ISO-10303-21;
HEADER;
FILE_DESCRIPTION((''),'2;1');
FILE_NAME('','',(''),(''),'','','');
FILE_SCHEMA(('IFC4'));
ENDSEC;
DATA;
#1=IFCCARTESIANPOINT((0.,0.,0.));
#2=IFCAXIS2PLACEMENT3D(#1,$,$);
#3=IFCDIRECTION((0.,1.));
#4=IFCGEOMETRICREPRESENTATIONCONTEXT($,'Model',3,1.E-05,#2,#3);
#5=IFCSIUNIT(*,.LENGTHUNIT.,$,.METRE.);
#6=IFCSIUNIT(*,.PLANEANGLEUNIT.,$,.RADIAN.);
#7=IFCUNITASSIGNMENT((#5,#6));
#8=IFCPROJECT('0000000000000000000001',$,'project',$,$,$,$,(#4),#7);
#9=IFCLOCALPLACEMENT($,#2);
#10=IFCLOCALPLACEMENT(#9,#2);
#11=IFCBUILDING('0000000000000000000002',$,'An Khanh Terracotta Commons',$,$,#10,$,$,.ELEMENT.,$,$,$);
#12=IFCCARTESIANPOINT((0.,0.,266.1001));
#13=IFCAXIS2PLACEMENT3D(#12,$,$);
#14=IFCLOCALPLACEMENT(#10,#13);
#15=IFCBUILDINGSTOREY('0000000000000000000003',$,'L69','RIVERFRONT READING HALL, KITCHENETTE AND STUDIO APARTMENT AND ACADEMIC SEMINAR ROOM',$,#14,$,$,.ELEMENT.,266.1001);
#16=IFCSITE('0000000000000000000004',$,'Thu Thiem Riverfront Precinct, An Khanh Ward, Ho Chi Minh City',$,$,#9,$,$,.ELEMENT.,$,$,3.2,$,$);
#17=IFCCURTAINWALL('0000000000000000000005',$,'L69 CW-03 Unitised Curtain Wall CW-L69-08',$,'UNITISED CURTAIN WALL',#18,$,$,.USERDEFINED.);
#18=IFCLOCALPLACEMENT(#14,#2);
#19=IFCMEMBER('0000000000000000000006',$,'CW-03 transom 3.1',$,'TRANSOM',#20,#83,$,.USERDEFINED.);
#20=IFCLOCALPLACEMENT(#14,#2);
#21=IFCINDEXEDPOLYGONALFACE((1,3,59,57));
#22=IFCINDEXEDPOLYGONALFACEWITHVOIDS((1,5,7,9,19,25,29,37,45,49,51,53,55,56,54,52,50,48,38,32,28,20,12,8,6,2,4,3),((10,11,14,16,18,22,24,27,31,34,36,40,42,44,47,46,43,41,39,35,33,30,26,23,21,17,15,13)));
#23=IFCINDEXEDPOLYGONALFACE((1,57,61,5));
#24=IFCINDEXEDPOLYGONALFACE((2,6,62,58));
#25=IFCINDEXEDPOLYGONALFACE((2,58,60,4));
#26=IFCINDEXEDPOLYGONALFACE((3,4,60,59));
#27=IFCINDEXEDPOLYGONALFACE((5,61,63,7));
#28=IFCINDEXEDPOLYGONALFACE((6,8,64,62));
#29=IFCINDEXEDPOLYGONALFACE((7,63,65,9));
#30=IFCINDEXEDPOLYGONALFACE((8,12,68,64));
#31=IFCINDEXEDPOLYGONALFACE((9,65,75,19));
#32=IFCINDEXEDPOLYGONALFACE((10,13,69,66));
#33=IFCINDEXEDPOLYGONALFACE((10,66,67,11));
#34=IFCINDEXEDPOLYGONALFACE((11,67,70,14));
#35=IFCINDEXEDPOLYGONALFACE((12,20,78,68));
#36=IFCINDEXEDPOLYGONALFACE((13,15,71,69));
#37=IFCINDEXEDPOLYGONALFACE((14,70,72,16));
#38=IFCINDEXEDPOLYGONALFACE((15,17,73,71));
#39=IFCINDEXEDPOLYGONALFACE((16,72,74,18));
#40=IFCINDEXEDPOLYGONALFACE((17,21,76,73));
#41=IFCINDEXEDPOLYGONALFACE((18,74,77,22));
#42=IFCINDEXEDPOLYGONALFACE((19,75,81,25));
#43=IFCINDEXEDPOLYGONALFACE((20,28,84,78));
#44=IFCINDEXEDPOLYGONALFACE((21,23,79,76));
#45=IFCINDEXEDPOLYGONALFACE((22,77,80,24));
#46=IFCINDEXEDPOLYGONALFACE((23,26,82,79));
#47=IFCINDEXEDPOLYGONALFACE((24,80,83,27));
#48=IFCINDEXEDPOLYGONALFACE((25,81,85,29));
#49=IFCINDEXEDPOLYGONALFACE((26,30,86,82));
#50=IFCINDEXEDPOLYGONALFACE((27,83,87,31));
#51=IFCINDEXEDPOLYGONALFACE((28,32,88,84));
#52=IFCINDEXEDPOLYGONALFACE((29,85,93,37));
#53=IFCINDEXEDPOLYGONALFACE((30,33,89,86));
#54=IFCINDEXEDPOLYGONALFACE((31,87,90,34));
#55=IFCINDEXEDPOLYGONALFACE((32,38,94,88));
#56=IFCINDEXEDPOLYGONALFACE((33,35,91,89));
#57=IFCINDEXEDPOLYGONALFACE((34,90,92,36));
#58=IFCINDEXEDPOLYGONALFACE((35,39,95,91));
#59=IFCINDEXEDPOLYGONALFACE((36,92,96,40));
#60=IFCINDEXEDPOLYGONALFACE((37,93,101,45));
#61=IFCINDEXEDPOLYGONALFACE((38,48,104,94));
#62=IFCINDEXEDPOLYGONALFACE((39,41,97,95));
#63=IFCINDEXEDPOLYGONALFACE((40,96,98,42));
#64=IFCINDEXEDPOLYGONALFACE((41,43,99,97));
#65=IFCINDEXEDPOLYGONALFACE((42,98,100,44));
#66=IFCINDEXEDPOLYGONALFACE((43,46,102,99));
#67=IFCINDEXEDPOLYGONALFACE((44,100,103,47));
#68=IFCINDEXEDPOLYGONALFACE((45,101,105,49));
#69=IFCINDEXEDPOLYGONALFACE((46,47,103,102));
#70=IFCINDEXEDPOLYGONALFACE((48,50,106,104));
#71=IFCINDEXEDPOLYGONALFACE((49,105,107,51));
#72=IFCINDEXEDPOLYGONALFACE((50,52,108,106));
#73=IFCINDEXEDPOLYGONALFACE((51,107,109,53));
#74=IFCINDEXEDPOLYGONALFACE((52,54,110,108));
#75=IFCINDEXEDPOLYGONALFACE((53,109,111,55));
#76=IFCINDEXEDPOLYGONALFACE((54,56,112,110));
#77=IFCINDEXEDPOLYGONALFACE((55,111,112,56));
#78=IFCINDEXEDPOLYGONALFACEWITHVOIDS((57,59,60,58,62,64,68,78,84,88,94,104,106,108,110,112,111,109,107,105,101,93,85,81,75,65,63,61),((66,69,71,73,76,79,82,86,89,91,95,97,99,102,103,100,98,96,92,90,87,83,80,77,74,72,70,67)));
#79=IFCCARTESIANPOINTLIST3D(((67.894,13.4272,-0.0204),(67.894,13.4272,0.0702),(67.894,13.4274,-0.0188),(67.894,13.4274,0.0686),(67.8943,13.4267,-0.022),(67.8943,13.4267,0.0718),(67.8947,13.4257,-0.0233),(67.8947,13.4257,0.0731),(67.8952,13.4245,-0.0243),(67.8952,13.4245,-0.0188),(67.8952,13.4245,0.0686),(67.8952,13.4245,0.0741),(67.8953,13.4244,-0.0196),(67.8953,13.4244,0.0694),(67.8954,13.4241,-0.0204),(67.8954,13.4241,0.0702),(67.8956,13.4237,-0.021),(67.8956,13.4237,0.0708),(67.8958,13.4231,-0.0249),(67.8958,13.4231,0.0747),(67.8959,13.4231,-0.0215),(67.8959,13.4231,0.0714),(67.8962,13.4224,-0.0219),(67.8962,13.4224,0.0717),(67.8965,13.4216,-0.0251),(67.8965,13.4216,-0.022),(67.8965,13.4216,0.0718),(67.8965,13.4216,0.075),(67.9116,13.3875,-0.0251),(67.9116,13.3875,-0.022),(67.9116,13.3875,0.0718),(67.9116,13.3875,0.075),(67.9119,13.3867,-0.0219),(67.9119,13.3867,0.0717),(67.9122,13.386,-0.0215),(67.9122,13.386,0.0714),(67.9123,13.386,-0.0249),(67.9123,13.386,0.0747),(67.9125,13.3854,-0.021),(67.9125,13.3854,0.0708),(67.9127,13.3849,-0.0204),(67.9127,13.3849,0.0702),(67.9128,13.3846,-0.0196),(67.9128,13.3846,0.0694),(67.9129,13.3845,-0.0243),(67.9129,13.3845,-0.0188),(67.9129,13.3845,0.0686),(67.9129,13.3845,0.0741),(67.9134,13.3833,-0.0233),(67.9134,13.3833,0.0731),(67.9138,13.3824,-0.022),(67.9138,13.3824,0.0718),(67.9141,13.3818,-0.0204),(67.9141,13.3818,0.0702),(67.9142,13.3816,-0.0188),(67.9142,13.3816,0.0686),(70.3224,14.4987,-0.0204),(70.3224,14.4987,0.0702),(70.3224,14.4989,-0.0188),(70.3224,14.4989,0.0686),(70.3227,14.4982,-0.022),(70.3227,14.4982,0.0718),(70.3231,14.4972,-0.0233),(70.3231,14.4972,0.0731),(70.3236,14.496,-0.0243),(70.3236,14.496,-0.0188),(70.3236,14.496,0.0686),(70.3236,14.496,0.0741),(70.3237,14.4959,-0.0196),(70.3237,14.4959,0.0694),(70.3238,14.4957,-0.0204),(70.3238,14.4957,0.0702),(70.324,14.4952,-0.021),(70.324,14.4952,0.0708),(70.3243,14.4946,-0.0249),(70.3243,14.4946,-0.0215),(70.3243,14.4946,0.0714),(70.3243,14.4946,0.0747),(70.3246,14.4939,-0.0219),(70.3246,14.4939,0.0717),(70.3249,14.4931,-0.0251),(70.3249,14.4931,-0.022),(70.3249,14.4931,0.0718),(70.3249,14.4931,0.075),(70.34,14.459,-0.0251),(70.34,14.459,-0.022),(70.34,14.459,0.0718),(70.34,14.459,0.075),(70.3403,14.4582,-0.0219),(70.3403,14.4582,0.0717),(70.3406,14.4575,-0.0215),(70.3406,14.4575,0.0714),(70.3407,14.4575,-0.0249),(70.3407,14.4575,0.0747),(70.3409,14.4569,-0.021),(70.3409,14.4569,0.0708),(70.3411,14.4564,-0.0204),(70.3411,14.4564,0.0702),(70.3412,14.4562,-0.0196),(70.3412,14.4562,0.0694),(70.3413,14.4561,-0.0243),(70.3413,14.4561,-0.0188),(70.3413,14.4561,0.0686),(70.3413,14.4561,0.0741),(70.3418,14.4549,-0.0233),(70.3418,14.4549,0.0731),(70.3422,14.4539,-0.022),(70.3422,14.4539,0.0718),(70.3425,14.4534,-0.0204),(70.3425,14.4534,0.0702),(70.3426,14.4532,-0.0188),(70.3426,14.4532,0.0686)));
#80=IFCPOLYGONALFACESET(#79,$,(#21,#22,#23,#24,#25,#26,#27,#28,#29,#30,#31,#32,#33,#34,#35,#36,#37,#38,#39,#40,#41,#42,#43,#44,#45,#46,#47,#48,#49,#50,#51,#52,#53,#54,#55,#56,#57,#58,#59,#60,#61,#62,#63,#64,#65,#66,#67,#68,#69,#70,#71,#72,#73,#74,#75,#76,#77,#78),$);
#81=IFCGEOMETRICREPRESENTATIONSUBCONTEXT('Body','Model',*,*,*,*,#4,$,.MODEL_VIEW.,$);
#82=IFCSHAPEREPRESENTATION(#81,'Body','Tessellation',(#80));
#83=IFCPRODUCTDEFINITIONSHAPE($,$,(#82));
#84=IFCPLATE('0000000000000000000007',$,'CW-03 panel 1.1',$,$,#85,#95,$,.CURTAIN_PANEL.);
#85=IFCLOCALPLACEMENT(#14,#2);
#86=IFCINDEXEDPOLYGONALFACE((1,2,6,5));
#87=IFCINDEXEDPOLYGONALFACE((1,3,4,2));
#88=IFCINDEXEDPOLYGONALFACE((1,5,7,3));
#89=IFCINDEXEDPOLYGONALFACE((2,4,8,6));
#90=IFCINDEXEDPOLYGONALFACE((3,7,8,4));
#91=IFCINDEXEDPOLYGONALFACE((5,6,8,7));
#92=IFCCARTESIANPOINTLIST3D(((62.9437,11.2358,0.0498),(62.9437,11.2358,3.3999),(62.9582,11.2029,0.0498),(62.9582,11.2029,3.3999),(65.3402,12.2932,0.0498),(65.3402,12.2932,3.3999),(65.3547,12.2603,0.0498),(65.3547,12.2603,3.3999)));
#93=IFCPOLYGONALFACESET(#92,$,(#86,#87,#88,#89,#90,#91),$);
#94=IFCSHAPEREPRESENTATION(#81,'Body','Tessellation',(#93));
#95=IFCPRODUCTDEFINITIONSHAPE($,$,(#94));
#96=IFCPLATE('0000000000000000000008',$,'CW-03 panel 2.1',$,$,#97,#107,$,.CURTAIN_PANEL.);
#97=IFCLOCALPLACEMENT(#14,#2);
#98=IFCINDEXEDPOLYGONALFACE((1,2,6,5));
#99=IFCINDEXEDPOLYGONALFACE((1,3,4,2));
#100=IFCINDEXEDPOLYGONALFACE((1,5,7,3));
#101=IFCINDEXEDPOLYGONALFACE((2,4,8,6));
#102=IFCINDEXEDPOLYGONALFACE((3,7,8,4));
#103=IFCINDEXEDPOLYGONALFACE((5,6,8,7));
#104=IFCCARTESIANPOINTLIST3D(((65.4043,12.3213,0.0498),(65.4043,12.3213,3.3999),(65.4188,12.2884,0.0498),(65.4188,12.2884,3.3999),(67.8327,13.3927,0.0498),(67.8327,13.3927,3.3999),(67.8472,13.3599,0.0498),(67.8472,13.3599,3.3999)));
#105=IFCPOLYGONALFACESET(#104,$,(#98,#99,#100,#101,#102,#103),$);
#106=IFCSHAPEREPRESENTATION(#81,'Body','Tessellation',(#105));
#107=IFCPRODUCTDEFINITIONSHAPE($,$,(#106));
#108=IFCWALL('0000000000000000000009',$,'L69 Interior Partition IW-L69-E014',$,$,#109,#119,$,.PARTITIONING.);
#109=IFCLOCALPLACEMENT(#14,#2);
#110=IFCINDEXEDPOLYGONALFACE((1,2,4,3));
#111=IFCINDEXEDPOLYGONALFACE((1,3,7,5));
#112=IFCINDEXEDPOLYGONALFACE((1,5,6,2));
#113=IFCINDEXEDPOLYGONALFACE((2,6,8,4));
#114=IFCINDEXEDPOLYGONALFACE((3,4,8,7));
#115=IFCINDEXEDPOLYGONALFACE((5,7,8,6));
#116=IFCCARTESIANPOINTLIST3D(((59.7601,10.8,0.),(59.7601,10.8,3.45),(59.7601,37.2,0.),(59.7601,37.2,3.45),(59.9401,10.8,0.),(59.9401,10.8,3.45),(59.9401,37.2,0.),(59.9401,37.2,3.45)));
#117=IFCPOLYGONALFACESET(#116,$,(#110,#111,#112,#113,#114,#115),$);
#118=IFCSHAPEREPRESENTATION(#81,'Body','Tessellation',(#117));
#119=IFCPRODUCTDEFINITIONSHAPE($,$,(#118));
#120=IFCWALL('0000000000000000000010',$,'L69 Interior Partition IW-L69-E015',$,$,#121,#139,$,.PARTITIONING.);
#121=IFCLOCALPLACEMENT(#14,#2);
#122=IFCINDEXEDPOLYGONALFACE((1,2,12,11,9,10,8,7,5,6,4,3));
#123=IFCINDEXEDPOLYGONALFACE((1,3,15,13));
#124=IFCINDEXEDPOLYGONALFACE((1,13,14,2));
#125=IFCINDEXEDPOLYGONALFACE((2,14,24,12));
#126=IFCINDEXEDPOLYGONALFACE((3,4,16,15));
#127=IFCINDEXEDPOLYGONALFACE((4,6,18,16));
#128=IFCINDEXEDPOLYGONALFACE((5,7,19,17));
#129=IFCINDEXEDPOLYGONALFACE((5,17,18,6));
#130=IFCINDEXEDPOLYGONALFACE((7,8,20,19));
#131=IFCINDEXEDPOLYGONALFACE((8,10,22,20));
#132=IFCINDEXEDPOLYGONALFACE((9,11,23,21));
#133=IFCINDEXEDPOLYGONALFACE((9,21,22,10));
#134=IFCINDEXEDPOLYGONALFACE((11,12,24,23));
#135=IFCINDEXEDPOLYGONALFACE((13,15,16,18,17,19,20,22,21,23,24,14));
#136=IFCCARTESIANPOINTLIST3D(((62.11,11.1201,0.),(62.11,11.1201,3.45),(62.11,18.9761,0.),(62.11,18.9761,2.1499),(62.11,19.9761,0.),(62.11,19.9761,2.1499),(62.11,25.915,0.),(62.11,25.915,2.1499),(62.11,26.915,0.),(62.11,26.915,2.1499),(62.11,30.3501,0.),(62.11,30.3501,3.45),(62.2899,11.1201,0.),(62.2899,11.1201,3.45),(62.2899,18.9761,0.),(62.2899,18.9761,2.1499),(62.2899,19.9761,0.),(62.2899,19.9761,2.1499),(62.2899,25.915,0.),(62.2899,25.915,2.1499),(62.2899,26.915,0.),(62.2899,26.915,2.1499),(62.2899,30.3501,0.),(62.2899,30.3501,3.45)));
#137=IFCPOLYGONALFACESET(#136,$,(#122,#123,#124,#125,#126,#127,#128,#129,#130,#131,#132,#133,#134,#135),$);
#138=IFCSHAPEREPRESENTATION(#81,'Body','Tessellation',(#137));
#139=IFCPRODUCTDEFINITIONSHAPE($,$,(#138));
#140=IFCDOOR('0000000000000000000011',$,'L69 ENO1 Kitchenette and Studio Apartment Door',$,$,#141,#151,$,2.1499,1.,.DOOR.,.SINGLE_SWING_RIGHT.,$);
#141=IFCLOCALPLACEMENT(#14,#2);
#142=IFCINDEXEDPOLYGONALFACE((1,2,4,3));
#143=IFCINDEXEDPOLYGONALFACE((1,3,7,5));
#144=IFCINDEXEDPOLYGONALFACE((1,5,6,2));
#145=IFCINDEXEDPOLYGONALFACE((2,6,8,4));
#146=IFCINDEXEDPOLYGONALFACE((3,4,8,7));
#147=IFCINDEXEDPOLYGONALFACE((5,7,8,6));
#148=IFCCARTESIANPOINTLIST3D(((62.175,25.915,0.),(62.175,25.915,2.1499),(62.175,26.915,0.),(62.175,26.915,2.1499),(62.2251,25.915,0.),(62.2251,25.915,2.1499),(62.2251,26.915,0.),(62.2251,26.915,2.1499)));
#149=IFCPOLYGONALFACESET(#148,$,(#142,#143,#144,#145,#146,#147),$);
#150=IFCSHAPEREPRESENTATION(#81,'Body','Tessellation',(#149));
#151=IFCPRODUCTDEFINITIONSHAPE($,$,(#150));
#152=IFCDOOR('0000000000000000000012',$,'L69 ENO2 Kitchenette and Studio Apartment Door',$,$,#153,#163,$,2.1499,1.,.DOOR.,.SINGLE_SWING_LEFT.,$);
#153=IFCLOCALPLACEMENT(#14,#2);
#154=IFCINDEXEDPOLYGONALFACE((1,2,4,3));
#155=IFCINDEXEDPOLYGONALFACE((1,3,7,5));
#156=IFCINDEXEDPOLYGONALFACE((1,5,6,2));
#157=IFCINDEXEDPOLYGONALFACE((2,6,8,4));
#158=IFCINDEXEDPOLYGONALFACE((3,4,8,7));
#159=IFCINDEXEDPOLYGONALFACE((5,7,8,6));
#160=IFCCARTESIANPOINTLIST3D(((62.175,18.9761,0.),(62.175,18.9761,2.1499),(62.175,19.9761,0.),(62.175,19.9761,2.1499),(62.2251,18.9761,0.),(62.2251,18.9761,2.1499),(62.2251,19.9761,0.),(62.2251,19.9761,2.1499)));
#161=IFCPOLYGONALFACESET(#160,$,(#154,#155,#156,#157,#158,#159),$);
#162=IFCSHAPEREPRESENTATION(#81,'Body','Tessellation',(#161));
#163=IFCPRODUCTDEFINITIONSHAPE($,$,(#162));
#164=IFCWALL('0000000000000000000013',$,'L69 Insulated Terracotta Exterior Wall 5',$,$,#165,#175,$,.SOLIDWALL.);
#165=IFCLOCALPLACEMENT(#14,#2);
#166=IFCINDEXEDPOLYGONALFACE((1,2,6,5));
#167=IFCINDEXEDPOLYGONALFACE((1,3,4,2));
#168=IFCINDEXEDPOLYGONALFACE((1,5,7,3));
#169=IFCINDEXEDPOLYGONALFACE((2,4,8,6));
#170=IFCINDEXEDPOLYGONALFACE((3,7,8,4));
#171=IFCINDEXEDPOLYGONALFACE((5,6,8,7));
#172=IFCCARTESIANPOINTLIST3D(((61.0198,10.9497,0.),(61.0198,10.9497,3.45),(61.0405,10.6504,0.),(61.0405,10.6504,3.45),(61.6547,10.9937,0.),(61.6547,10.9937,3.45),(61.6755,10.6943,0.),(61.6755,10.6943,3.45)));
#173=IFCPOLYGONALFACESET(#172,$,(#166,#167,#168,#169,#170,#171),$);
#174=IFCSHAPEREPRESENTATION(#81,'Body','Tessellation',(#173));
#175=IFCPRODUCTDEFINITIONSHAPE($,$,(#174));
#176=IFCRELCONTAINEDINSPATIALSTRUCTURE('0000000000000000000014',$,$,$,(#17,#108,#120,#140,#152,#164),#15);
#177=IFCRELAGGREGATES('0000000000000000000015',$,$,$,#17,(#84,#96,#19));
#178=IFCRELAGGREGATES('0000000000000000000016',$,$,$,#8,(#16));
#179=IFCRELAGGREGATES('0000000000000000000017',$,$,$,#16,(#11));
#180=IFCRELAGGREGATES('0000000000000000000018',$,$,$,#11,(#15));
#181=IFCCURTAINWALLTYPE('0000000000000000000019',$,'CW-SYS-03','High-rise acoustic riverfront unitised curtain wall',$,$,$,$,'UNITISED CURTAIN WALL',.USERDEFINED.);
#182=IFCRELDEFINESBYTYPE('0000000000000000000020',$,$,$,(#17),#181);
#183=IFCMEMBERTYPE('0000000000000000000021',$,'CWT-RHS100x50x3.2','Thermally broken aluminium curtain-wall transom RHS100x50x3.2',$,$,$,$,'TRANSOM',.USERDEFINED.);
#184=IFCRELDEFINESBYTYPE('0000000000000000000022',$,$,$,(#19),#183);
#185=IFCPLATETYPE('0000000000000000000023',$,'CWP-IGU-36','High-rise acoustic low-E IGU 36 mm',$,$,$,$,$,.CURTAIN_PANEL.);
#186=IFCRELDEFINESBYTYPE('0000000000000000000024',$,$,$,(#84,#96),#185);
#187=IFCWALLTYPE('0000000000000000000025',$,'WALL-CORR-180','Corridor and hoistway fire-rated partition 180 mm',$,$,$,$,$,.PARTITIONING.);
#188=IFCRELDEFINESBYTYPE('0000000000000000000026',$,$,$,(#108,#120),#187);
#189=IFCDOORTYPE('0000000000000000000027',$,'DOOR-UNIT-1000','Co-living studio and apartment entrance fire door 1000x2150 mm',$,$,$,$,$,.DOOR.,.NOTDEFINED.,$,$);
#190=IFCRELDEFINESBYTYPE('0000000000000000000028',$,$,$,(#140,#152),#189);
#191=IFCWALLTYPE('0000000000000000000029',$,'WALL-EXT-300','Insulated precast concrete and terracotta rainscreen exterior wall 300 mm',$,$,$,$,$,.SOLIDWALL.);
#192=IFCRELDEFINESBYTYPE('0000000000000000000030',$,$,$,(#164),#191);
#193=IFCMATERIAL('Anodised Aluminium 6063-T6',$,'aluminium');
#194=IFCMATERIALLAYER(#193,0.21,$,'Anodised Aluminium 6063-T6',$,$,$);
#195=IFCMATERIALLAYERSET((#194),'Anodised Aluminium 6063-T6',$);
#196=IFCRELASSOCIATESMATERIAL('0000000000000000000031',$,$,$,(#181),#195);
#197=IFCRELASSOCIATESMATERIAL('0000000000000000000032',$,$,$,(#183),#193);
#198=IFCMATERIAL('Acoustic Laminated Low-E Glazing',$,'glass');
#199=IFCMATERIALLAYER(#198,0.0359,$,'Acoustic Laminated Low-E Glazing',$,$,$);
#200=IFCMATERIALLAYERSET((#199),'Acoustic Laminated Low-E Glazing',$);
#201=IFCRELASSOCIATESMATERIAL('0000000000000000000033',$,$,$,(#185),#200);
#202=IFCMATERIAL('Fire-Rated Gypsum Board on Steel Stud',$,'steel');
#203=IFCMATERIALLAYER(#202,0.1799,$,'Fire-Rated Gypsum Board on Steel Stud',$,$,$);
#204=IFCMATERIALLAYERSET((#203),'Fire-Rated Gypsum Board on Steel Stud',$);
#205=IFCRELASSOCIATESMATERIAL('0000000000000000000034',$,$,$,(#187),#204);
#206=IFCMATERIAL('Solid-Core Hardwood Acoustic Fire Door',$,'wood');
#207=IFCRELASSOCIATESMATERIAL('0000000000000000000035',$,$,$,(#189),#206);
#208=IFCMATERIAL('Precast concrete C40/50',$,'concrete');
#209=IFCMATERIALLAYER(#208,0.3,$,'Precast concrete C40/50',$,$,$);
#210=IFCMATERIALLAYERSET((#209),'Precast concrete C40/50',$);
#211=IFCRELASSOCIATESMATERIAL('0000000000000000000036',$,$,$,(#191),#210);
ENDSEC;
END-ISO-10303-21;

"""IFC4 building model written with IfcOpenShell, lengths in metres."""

from ifc_helpers import new_model, si_unit, direction, frame, frame_2d, origin, origin_2d, place, context, subcontext, project, spatial, rectangle, hollow_rectangle, extrude, material, layer, layer_set, material_profile, profile_set, type_object, element, fill, aggregate, save


model = new_model("IFC4")

# Units and contexts
model_context = context("Model", 3, precision=1e-05, world=origin(), true_north=direction((0.0, 1.0)))
body_context = subcontext(model_context, "Body", "Model", "MODEL_VIEW")
ifc_project = project(units=[si_unit("LENGTHUNIT", "METRE"), si_unit("PLANEANGLEUNIT", "RADIAN")], contexts=[model_context])

# Site, building, storey
site_placement = place(None, origin())
site = spatial("IfcSite", under=ifc_project, at=site_placement, Name="Thu Thiem Riverfront Precinct, An Khanh Ward, Ho Chi Minh City", CompositionType="ELEMENT", RefElevation=3.2)
building_placement = place(site_placement, origin())
building = spatial("IfcBuilding", under=site, at=building_placement, Name="An Khanh Terracotta Commons", CompositionType="ELEMENT")
storey_placement = place(building_placement, frame((0.0, 0.0, 266.1001)))
storey = spatial("IfcBuildingStorey", under=building, at=storey_placement, Name="L69", Description="RIVERFRONT READING HALL, KITCHENETTE AND STUDIO APARTMENT AND ACADEMIC SEMINAR ROOM", CompositionType="ELEMENT", Elevation=266.1001)

# Curtain wall, member, plates
ifc_material_1 = material(Name="Anodised Aluminium 6063-T6", Category="aluminium")
ifc_layer_1 = layer(ifc_material_1, 0.21, Name="Anodised Aluminium 6063-T6")
ifc_layer_set_1 = layer_set([ifc_layer_1], Name="Anodised Aluminium 6063-T6")
curtain_wall_type = type_object("IfcCurtainWallType", Name="CW-SYS-03", Description="High-rise acoustic riverfront unitised curtain wall", ElementType="UNITISED CURTAIN WALL", PredefinedType="USERDEFINED", material=ifc_layer_set_1)
curtain_wall_placement = place(storey_placement, origin())
curtain_wall = element("IfcCurtainWall", 1, at=curtain_wall_placement, inside=storey, type_object=curtain_wall_type, Name="L69 CW-03 Unitised Curtain Wall CW-L69-08", ObjectType="UNITISED CURTAIN WALL", PredefinedType="USERDEFINED")
ifc_material_profile_1 = material_profile(ifc_material_1, hollow_rectangle(XDim=0.05, YDim=0.1001, WallThickness=0.0032, InnerFilletRadius=0.0032, OuterFilletRadius=0.0063, at=origin_2d()), Name="RHS100x50x3.2")
ifc_profile_set_1 = profile_set([ifc_material_profile_1], Name="Anodised Aluminium 6063-T6")
member_type_1 = type_object("IfcMemberType", Name="CWT-RHS100x50x3.2", Description="Thermally broken aluminium curtain-wall transom RHS100x50x3.2", ElementType="TRANSOM", PredefinedType="USERDEFINED", material=ifc_profile_set_1)
member_1_placement = place(storey_placement, frame((67.9041, 13.4045, 0.0249), z_axis=(0.914897, 0.403688, 0.0), x_axis=(-0.403688, 0.914897, 0.0)))
member_1 = element("IfcMember", 2, at=member_1_placement, type_object=member_type_1, Name="CW-03 transom 3.1", ObjectType="TRANSOM", PredefinedType="USERDEFINED", context=body_context, shape_type="SweptSolid", body=[
    extrude(hollow_rectangle(XDim=0.05, YDim=0.1001, WallThickness=0.0032, InnerFilletRadius=0.0032, OuterFilletRadius=0.0063, at=origin_2d()), origin(), (0.0, 0.0, 1.0), 2.6543),
])
ifc_material_2 = material(Name="Acoustic Laminated Low-E Glazing", Category="glass")
ifc_layer_2 = layer(ifc_material_2, 0.0359, Name="Acoustic Laminated Low-E Glazing")
ifc_layer_set_2 = layer_set([ifc_layer_2], Name="Acoustic Laminated Low-E Glazing")
plate_type = type_object("IfcPlateType", Name="CWP-IGU-36", Description="High-rise acoustic low-E IGU 36 mm", PredefinedType="CURTAIN_PANEL", material=ifc_layer_set_2)
plate_1_placement = place(storey_placement, frame((64.1492, 11.748, 0.0498), z_axis=(0.0, 0.0, 1.0), x_axis=(0.914902, 0.403676, 0.0)))
plate_1 = element("IfcPlate", 3, at=plate_1_placement, type_object=plate_type, Name="CW-03 panel 1.1", PredefinedType="CURTAIN_PANEL", context=body_context, shape_type="SweptSolid", body=[
    extrude(rectangle(XDim=2.6194, YDim=0.0359, at=origin_2d()), origin(), (0.0, 0.0, 1.0), 3.3501),
])
plate_2_placement = place(storey_placement, frame((66.6257, 12.8406, 0.0498), z_axis=(0.0, 0.0, 1.0), x_axis=(0.914902, 0.403676, 0.0)))
plate_2 = element("IfcPlate", 4, at=plate_2_placement, type_object=plate_type, Name="CW-03 panel 2.1", PredefinedType="CURTAIN_PANEL", context=body_context, shape_type="SweptSolid", body=[
    extrude(rectangle(XDim=2.6543, YDim=0.0359, at=origin_2d()), origin(), (0.0, 0.0, 1.0), 3.3501),
])
aggregate(curtain_wall, [plate_1, plate_2, member_1])

# Wall
ifc_material_3 = material(Name="Fire-Rated Gypsum Board on Steel Stud", Category="steel")
ifc_layer_3 = layer(ifc_material_3, 0.1799, Name="Fire-Rated Gypsum Board on Steel Stud")
ifc_layer_set_3 = layer_set([ifc_layer_3], Name="Fire-Rated Gypsum Board on Steel Stud")
wall_type_1 = type_object("IfcWallType", Name="WALL-CORR-180", Description="Corridor and hoistway fire-rated partition 180 mm", PredefinedType="PARTITIONING", material=ifc_layer_set_3)
wall_1_placement = place(storey_placement, frame((59.8501, 10.8, 0.0), z_axis=(0.0, 0.0, 1.0), x_axis=(0.0, 1.0, 0.0)))
element("IfcWall", 5, at=wall_1_placement, inside=storey, type_object=wall_type_1, Name="L69 Interior Partition IW-L69-E014", PredefinedType="PARTITIONING", context=body_context, shape_type="SweptSolid", body=[
    extrude(rectangle(XDim=26.3999, YDim=0.1799, at=frame_2d((13.2, 0.0))), origin(), (0.0, 0.0, 1.0), 3.45),
])

# Wall, openings, doors
wall_2_placement = place(storey_placement, frame((62.2, 11.1201, 0.0), z_axis=(0.0, 0.0, 1.0), x_axis=(0.0, 1.0, 0.0)))
wall_2 = element("IfcWall", 6, at=wall_2_placement, inside=storey, type_object=wall_type_1, Name="L69 Interior Partition IW-L69-E015", PredefinedType="PARTITIONING", context=body_context, shape_type="SweptSolid", body=[
    extrude(rectangle(XDim=19.23, YDim=0.1799, at=frame_2d((9.615, 0.0))), origin(), (0.0, 0.0, 1.0), 3.45),
])
opening_1_placement = place(wall_2_placement, frame((14.7949, 0.0, 0.0)))
opening_1 = element("IfcOpeningElement", 7, at=opening_1_placement, cuts=wall_2, PredefinedType="OPENING", context=body_context, shape_type="SweptSolid", body=[
    extrude(rectangle(XDim=1.0, YDim=2.1499, at=frame_2d((0.5, 1.075))), frame((0.0, 0.0999, 0.0), z_axis=(0.0, -1.0, 0.0), x_axis=(1.0, 0.0, 0.0)), (0.0, 0.0, 1.0), 0.2),
])
opening_2_placement = place(wall_2_placement, frame((7.856, 0.0, 0.0)))
opening_2 = element("IfcOpeningElement", 8, at=opening_2_placement, cuts=wall_2, PredefinedType="OPENING", context=body_context, shape_type="SweptSolid", body=[
    extrude(rectangle(XDim=1.0, YDim=2.1499, at=frame_2d((0.5, 1.075))), frame((0.0, 0.0999, 0.0), z_axis=(0.0, -1.0, 0.0), x_axis=(1.0, 0.0, 0.0)), (0.0, 0.0, 1.0), 0.2),
])
ifc_material_4 = material(Name="Solid-Core Hardwood Acoustic Fire Door", Category="wood")
door_type_1 = type_object("IfcDoorType", Name="DOOR-UNIT-1000", Description="Co-living studio and apartment entrance fire door 1000x2150 mm", OperationType="NOTDEFINED", PredefinedType="DOOR", material=ifc_material_4)
door_1_placement = place(opening_1_placement, origin())
door_1 = element("IfcDoor", 9, at=door_1_placement, inside=storey, type_object=door_type_1, Name="L69 ENO1 Kitchenette and Studio Apartment Door", OperationType="SINGLE_SWING_RIGHT", OverallHeight=2.1499, OverallWidth=1.0, PredefinedType="DOOR", context=body_context, shape_type="SweptSolid", body=[
    extrude(rectangle(XDim=1.0, YDim=2.1499, at=frame_2d((0.5, 1.075))), frame((0.0, 0.0249, 0.0), z_axis=(0.0, -1.0, 0.0), x_axis=(1.0, 0.0, 0.0)), (0.0, 0.0, 1.0), 0.05),
])
fill(opening_1, door_1)
door_2_placement = place(opening_2_placement, origin())
door_2 = element("IfcDoor", 10, at=door_2_placement, inside=storey, type_object=door_type_1, Name="L69 ENO2 Kitchenette and Studio Apartment Door", OperationType="SINGLE_SWING_LEFT", OverallHeight=2.1499, OverallWidth=1.0, PredefinedType="DOOR", context=body_context, shape_type="SweptSolid", body=[
    extrude(rectangle(XDim=1.0, YDim=2.1499, at=frame_2d((0.5, 1.075))), frame((0.0, 0.0249, 0.0), z_axis=(0.0, -1.0, 0.0), x_axis=(1.0, 0.0, 0.0)), (0.0, 0.0, 1.0), 0.05),
])
fill(opening_2, door_2)

# Wall
ifc_material_5 = material(Name="Precast concrete C40/50", Category="concrete")
ifc_layer_4 = layer(ifc_material_5, 0.3, Name="Precast concrete C40/50")
ifc_layer_set_4 = layer_set([ifc_layer_4], Name="Precast concrete C40/50")
wall_type_2 = type_object("IfcWallType", Name="WALL-EXT-300", Description="Insulated precast concrete and terracotta rainscreen exterior wall 300 mm", PredefinedType="SOLIDWALL", material=ifc_layer_set_4)
wall_3_placement = place(storey_placement, frame((61.03, 10.8, 0.0), z_axis=(0.0, 0.0, 1.0), x_axis=(0.997614, 0.069039, 0.0)))
element("IfcWall", 11, at=wall_3_placement, inside=storey, type_object=wall_type_2, Name="L69 Insulated Terracotta Exterior Wall 5", PredefinedType="SOLIDWALL", context=body_context, shape_type="SweptSolid", body=[
    extrude(rectangle(XDim=0.6365, YDim=0.3, at=frame_2d((0.3184, 0.0))), origin(), (0.0, 0.0, 1.0), 3.45),
])

save(model, "model.ifc")
